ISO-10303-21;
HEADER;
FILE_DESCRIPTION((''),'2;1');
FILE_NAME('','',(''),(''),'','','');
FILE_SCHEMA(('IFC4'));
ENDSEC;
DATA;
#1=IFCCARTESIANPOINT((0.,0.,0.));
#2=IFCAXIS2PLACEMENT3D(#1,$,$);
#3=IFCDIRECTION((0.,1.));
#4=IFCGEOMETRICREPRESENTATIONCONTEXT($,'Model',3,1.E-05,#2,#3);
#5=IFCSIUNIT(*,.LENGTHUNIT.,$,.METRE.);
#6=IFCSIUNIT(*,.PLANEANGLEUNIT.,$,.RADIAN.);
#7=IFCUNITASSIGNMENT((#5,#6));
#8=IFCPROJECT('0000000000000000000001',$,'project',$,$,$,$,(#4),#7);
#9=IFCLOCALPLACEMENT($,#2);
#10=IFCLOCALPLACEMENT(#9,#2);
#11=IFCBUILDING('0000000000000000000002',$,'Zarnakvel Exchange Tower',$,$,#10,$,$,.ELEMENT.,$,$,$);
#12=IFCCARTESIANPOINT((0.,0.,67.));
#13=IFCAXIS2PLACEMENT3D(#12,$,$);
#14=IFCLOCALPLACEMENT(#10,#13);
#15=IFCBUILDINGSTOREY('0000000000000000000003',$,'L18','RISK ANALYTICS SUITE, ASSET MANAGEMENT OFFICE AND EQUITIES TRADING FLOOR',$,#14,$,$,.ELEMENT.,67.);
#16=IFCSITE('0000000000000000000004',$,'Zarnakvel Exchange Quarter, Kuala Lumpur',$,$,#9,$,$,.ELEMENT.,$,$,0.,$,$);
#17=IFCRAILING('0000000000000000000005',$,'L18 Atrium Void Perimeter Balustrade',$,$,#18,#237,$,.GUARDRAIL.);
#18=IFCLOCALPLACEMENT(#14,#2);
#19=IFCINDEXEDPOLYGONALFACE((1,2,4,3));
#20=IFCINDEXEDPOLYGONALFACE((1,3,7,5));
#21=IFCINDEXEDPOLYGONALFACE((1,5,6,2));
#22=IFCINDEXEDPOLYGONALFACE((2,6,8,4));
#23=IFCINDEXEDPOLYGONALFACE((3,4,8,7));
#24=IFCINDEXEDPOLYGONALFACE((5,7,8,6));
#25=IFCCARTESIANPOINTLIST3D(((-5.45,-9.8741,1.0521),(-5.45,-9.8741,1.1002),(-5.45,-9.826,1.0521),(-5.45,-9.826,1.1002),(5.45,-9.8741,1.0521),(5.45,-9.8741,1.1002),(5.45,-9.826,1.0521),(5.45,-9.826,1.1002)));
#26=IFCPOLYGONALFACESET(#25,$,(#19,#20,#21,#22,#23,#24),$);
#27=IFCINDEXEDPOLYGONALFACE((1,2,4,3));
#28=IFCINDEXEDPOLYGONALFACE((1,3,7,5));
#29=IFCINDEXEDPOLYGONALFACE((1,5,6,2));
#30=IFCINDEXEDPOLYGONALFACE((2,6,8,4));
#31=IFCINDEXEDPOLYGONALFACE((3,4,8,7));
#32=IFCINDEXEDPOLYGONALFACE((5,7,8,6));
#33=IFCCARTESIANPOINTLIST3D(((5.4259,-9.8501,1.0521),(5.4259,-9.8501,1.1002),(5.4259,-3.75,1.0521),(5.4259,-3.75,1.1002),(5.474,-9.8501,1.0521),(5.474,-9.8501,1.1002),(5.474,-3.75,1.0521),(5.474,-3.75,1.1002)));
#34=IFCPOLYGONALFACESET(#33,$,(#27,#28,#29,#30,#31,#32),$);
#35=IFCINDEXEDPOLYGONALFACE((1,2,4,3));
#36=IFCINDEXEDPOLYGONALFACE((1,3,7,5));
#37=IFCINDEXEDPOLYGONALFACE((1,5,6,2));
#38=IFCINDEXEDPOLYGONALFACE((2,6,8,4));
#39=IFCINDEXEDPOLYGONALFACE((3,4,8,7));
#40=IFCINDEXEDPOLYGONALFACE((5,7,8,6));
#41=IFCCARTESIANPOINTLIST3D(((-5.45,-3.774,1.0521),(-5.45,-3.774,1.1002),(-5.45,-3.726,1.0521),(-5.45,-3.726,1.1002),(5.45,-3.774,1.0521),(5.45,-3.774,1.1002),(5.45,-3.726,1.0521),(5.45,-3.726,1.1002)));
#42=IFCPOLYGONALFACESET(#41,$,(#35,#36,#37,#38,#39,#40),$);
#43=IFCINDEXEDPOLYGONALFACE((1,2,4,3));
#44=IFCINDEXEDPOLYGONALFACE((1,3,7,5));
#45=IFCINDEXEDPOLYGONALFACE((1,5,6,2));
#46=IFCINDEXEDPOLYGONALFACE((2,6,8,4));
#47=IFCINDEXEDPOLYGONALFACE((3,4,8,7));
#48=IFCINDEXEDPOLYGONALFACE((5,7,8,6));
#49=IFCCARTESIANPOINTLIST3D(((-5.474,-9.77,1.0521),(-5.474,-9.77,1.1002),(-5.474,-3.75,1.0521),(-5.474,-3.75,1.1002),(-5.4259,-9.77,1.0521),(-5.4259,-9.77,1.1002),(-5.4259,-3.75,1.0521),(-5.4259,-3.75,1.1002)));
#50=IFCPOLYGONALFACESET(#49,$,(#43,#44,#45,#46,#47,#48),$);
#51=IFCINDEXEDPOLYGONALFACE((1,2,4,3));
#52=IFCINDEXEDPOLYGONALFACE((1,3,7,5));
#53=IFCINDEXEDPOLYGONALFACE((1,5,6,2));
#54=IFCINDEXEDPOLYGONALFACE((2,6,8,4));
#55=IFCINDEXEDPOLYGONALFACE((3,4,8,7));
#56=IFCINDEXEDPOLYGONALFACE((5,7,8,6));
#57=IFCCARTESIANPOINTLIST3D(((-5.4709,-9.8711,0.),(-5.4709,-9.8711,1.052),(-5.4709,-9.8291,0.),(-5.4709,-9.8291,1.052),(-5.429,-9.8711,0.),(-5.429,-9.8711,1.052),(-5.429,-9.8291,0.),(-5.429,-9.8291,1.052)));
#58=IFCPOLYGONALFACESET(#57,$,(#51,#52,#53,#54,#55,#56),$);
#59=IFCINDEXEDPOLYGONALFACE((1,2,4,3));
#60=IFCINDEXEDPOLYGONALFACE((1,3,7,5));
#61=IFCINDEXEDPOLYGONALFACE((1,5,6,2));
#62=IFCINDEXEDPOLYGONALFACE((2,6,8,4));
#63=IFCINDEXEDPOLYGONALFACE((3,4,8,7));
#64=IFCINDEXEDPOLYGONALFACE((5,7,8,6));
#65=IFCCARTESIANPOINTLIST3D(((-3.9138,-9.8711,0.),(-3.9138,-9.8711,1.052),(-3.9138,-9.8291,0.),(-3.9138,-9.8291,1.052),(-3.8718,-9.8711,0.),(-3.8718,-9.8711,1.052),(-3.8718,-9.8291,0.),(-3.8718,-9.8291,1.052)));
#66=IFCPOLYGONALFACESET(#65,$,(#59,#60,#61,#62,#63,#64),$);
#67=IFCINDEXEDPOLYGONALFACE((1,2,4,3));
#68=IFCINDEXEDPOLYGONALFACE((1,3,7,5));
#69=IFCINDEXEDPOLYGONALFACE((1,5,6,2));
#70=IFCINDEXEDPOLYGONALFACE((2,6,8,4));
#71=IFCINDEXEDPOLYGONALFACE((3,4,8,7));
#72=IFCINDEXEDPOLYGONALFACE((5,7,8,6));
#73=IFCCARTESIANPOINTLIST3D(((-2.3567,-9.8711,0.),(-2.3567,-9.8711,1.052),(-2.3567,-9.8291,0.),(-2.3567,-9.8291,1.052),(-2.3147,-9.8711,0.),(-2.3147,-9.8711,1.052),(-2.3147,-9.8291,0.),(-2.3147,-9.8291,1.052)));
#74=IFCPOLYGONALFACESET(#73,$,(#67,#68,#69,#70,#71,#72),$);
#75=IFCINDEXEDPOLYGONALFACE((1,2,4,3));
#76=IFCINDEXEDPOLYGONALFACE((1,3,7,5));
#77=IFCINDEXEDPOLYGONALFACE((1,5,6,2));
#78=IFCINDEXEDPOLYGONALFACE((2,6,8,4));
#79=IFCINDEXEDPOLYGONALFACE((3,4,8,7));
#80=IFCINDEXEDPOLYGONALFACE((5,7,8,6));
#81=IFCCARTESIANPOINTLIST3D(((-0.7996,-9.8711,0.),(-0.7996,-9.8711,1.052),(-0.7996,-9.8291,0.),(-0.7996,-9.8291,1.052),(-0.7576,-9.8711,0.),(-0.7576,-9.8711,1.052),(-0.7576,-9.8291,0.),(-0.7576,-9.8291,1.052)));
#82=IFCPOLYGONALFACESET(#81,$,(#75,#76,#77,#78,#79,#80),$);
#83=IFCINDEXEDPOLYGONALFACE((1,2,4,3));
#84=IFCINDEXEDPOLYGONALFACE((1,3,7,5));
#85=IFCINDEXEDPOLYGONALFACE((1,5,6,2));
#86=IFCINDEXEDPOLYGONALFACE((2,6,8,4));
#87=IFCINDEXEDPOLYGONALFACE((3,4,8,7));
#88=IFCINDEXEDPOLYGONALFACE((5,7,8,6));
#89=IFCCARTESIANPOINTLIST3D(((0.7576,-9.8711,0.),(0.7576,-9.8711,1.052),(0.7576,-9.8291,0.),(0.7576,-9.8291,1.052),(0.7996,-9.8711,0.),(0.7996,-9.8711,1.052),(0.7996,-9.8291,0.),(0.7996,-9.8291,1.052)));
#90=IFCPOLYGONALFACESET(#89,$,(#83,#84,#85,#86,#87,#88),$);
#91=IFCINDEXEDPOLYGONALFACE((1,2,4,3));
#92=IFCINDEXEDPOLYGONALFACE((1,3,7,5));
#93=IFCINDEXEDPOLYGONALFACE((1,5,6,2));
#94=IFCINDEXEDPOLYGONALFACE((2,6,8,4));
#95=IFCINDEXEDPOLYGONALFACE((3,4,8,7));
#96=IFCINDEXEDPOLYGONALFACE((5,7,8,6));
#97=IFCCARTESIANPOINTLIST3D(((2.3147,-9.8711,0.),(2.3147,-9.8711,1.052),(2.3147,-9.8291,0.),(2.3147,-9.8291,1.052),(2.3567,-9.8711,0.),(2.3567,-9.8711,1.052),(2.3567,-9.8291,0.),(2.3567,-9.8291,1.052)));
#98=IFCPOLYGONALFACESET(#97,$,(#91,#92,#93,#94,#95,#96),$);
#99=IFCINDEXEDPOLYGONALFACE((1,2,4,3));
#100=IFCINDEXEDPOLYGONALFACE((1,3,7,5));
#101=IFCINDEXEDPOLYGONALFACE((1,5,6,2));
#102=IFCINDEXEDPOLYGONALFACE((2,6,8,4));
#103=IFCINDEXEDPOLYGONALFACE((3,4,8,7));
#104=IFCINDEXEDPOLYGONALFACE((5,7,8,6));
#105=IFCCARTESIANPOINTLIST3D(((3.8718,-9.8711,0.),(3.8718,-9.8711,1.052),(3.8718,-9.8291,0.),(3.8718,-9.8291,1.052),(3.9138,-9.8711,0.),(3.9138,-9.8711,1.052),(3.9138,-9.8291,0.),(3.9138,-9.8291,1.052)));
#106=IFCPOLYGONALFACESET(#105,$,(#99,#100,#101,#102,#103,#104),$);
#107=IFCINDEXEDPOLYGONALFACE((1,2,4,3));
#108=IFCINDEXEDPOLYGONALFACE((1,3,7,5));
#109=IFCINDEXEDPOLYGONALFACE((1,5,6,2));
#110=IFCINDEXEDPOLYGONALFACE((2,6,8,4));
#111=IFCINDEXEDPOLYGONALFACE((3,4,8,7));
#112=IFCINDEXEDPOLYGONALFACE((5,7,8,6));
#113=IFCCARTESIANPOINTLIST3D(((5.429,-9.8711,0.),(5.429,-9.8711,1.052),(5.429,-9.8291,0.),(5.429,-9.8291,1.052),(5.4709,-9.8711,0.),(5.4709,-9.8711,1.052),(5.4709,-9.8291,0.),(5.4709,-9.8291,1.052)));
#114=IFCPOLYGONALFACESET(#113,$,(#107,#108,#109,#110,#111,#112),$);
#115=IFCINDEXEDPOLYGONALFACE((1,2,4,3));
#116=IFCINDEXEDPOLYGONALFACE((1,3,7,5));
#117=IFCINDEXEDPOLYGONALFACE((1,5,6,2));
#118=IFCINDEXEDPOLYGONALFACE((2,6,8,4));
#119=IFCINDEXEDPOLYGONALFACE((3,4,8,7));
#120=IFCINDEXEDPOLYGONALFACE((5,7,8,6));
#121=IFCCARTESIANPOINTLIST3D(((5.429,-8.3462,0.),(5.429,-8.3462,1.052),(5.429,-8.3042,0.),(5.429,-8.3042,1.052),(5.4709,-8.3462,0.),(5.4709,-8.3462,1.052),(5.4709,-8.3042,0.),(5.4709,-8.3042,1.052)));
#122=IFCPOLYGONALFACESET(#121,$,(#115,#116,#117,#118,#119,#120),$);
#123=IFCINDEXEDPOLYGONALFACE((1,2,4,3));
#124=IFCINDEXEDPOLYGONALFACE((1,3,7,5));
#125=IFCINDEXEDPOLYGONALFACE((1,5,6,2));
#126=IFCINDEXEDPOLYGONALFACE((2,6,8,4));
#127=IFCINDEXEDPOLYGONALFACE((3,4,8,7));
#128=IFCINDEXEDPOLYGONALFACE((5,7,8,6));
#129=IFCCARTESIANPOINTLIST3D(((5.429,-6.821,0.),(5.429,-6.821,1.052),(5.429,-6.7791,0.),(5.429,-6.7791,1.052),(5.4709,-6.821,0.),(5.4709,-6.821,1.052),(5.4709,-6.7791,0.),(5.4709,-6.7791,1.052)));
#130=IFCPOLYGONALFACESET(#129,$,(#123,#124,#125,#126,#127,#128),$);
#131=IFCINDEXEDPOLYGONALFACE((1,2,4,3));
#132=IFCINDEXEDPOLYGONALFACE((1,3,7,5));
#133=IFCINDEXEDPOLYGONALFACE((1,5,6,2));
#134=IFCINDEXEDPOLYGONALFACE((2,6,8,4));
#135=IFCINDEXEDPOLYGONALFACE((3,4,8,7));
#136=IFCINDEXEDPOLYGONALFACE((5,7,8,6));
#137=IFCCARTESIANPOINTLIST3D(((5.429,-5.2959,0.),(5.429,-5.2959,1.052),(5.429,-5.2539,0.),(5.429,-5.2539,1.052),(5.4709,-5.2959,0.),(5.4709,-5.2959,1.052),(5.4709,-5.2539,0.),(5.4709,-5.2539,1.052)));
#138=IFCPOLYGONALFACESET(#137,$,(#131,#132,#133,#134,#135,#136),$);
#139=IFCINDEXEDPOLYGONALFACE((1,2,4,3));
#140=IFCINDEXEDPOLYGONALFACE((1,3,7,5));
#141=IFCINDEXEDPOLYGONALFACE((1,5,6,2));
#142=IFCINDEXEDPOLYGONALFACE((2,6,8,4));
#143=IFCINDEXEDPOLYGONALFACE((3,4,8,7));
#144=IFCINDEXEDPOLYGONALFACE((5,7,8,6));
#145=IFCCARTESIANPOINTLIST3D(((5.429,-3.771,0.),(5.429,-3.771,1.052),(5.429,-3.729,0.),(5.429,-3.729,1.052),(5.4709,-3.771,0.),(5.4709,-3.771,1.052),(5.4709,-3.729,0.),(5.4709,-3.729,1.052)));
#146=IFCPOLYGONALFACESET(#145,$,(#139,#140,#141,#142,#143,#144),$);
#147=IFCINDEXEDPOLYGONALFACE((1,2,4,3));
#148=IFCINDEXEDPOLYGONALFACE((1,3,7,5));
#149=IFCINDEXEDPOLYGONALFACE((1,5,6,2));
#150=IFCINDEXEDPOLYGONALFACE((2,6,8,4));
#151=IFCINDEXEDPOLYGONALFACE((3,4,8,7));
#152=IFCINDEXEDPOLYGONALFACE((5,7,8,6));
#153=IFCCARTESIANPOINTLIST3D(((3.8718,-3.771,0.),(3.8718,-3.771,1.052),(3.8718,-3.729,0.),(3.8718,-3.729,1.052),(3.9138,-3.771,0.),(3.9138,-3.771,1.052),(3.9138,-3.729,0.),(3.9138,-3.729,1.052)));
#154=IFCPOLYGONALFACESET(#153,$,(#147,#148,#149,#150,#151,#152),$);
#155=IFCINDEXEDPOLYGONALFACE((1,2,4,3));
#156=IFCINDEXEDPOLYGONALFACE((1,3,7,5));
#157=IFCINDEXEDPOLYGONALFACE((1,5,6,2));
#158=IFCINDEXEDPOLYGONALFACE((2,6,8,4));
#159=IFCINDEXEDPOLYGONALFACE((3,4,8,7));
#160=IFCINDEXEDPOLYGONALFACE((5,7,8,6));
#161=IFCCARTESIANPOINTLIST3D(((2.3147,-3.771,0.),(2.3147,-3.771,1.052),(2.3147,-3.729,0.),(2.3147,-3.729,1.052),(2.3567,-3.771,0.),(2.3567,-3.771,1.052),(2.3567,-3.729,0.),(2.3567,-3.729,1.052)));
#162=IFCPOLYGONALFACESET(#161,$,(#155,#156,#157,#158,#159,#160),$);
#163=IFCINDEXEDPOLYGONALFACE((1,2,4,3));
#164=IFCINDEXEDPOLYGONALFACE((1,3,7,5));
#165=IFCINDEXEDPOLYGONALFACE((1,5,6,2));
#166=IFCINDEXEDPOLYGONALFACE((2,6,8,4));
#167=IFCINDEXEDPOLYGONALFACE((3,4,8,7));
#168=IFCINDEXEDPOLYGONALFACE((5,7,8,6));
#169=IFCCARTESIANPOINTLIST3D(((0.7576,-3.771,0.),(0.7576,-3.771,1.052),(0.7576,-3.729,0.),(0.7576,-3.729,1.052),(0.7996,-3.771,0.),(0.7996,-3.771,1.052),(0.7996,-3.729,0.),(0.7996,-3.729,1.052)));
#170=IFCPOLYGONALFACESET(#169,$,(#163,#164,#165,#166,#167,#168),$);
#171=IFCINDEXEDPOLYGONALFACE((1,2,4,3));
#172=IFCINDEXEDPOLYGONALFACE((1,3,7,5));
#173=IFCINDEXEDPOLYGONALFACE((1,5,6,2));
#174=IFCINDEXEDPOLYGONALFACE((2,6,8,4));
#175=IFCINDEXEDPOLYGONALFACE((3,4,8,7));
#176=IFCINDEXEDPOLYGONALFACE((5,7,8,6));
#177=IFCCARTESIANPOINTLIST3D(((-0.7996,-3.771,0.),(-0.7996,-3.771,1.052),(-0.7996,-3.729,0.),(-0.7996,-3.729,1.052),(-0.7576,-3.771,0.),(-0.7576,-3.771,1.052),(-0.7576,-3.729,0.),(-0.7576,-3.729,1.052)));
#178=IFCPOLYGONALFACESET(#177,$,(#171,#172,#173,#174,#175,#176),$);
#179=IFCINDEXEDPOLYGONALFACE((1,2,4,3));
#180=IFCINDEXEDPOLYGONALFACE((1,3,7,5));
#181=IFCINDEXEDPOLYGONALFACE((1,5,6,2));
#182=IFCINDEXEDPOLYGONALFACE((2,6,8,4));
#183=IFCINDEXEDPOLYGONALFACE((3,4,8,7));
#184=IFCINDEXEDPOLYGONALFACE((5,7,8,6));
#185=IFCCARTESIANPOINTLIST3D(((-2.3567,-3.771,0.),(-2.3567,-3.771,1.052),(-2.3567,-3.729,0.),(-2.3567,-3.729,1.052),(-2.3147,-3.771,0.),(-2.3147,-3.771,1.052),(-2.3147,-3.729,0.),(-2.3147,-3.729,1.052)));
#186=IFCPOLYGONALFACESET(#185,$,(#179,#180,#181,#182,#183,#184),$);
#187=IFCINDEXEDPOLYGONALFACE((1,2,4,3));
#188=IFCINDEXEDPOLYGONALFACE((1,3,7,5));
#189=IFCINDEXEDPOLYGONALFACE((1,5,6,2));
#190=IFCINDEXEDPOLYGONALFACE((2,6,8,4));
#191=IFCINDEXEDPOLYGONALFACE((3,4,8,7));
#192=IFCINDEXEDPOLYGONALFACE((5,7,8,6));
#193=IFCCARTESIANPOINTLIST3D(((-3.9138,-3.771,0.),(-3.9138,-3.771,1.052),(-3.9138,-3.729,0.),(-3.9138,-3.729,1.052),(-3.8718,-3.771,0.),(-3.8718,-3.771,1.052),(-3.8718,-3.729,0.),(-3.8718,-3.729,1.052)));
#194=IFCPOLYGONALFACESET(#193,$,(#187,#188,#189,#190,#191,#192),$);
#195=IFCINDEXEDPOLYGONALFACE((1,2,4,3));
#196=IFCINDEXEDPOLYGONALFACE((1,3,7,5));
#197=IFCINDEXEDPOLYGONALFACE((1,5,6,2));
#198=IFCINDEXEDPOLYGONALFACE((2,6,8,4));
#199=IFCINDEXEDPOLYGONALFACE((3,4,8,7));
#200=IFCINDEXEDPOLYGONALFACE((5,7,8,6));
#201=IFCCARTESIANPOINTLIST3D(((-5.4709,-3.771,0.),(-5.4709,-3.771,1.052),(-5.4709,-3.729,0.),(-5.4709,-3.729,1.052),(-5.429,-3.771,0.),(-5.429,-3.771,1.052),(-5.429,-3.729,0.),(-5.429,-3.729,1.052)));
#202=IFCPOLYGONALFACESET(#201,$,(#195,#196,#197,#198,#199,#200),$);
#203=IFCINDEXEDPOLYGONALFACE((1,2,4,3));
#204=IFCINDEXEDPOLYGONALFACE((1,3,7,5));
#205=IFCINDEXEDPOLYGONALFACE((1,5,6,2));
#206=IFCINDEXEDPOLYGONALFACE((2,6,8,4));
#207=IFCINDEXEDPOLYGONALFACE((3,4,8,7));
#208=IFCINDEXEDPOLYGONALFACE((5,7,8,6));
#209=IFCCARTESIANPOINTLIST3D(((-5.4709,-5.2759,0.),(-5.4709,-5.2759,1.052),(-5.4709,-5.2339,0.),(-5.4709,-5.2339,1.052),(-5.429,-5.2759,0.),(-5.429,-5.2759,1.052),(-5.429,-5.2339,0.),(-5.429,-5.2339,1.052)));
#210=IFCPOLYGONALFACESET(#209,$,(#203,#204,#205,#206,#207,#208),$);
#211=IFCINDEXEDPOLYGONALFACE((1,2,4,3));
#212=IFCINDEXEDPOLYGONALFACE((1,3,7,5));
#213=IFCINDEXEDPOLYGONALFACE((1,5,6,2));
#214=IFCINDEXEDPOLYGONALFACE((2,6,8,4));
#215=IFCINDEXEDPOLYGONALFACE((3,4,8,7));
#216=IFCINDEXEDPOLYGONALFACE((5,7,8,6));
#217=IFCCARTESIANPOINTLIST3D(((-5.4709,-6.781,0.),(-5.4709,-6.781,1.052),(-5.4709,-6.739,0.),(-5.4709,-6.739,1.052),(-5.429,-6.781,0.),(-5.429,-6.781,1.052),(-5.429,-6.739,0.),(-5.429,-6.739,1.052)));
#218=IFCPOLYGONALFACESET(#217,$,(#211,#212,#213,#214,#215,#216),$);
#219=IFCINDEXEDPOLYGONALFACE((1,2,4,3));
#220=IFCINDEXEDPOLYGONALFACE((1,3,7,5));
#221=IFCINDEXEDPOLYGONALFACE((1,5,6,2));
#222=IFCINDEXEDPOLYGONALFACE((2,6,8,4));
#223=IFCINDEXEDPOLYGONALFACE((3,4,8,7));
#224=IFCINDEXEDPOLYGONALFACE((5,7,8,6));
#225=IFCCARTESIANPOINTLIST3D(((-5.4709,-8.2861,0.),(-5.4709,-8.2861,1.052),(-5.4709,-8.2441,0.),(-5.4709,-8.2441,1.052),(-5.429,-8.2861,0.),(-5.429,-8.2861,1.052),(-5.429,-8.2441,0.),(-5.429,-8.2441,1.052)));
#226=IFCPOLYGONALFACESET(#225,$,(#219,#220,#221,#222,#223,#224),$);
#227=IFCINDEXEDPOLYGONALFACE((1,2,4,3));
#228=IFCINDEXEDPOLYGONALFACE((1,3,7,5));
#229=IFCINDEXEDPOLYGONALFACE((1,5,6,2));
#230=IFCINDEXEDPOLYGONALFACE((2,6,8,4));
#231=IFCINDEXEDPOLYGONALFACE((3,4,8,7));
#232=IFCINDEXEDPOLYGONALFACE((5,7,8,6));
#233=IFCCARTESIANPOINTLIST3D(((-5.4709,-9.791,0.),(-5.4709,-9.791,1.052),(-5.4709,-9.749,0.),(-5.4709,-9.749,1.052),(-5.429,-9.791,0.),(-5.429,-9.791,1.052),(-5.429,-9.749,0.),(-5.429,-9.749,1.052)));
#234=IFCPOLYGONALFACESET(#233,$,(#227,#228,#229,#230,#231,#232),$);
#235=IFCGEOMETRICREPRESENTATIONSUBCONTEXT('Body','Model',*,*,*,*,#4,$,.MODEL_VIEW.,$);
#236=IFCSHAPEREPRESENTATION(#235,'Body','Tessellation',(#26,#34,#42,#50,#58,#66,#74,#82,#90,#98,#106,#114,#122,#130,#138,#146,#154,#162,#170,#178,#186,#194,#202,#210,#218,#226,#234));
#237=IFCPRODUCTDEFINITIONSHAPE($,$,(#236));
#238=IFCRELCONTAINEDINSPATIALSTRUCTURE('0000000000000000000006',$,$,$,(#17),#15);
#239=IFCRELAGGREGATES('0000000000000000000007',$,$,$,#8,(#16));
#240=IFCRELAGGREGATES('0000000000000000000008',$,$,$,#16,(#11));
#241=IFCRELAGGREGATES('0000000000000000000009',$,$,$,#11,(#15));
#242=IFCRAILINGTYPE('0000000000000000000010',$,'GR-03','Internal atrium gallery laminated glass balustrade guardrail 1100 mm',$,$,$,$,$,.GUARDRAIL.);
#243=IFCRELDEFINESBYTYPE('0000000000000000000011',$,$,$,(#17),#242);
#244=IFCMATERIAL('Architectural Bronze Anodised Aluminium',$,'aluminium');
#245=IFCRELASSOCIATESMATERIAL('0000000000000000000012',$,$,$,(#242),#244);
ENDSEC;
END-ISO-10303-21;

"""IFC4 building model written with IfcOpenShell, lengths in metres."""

from ifc_helpers import new_model, si_unit, direction, frame, origin, origin_2d, place, context, subcontext, project, spatial, rectangle, extrude, material, type_object, element, save


model = new_model("IFC4")

# Units and contexts
model_context = context("Model", 3, precision=1e-05, world=origin(), true_north=direction((0.0, 1.0)))
body_context = subcontext(model_context, "Body", "Model", "MODEL_VIEW")
ifc_project = project(units=[si_unit("LENGTHUNIT", "METRE"), si_unit("PLANEANGLEUNIT", "RADIAN")], contexts=[model_context])

# Site, building, storey
site_placement = place(None, origin())
site = spatial("IfcSite", under=ifc_project, at=site_placement, Name="Zarnakvel Exchange Quarter, Kuala Lumpur", CompositionType="ELEMENT", RefElevation=0.0)
building_placement = place(site_placement, origin())
building = spatial("IfcBuilding", under=site, at=building_placement, Name="Zarnakvel Exchange Tower", CompositionType="ELEMENT")
storey_placement = place(building_placement, frame((0.0, 0.0, 67.0)))
storey = spatial("IfcBuildingStorey", under=building, at=storey_placement, Name="L18", Description="RISK ANALYTICS SUITE, ASSET MANAGEMENT OFFICE AND EQUITIES TRADING FLOOR", CompositionType="ELEMENT", Elevation=67.0)

# Shared definitions
ifc_material_1 = material(Name="Architectural Bronze Anodised Aluminium", Category="aluminium")

# Railing
railing_type_1 = type_object("IfcRailingType", Name="GR-03", Description="Internal atrium gallery laminated glass balustrade guardrail 1100 mm", PredefinedType="GUARDRAIL", material=ifc_material_1)
railing_1_placement = place(storey_placement, frame((-5.45, -9.8501, 0.0)))
element("IfcRailing", 1, at=railing_1_placement, inside=storey, type_object=railing_type_1, Name="L18 Atrium Void Perimeter Balustrade", PredefinedType="GUARDRAIL", context=body_context, shape_type="SweptSolid", body=[
    extrude(rectangle(XDim=0.0481, YDim=0.0481, at=origin_2d()), frame((0.0, 0.0, 1.0762), z_axis=(1.0, 0.0, 0.0), x_axis=(0.0, 1.0, 0.0)), (0.0, 0.0, 1.0), 10.8999),
    extrude(rectangle(XDim=0.0481, YDim=0.0481, at=origin_2d()), frame((10.8999, 0.0, 1.0762), z_axis=(0.0, 1.0, 0.0), x_axis=(-1.0, 0.0, 0.0)), (0.0, 0.0, 1.0), 6.1001),
    extrude(rectangle(XDim=0.0481, YDim=0.0481, at=origin_2d()), frame((10.8999, 6.1001, 1.0762), z_axis=(-1.0, 0.0, 0.0), x_axis=(0.0, -1.0, 0.0)), (0.0, 0.0, 1.0), 10.8999),
    extrude(rectangle(XDim=0.0481, YDim=0.0481, at=origin_2d()), frame((0.0, 6.1001, 1.0762), z_axis=(0.0, -1.0, 0.0), x_axis=(1.0, 0.0, 0.0)), (0.0, 0.0, 1.0), 6.02),
    extrude(rectangle(XDim=0.042, YDim=0.042, at=origin_2d()), origin(), (0.0, 0.0, 1.0), 1.052),
    extrude(rectangle(XDim=0.042, YDim=0.042, at=origin_2d()), frame((1.5571, 0.0, 0.0)), (0.0, 0.0, 1.0), 1.052),
    extrude(rectangle(XDim=0.042, YDim=0.042, at=origin_2d()), frame((3.1143, 0.0, 0.0)), (0.0, 0.0, 1.0), 1.052),
    extrude(rectangle(XDim=0.042, YDim=0.042, at=origin_2d()), frame((4.6714, 0.0, 0.0)), (0.0, 0.0, 1.0), 1.052),
    extrude(rectangle(XDim=0.042, YDim=0.042, at=origin_2d()), frame((6.2285, 0.0, 0.0)), (0.0, 0.0, 1.0), 1.052),
    extrude(rectangle(XDim=0.042, YDim=0.042, at=origin_2d()), frame((7.7856, 0.0, 0.0)), (0.0, 0.0, 1.0), 1.052),
    extrude(rectangle(XDim=0.042, YDim=0.042, at=origin_2d()), frame((9.3428, 0.0, 0.0)), (0.0, 0.0, 1.0), 1.052),
    extrude(rectangle(XDim=0.042, YDim=0.042, at=origin_2d()), frame((10.8999, 0.0, 0.0)), (0.0, 0.0, 1.0), 1.052),
    extrude(rectangle(XDim=0.042, YDim=0.042, at=origin_2d()), frame((10.8999, 1.5249, 0.0)), (0.0, 0.0, 1.0), 1.052),
    extrude(rectangle(XDim=0.042, YDim=0.042, at=origin_2d()), frame((10.8999, 3.05, 0.0)), (0.0, 0.0, 1.0), 1.052),
    extrude(rectangle(XDim=0.042, YDim=0.042, at=origin_2d()), frame((10.8999, 4.5752, 0.0)), (0.0, 0.0, 1.0), 1.052),
    extrude(rectangle(XDim=0.042, YDim=0.042, at=origin_2d()), frame((10.8999, 6.1001, 0.0)), (0.0, 0.0, 1.0), 1.052),
    extrude(rectangle(XDim=0.042, YDim=0.042, at=origin_2d()), frame((9.3428, 6.1001, 0.0)), (0.0, 0.0, 1.0), 1.052),
    extrude(rectangle(XDim=0.042, YDim=0.042, at=origin_2d()), frame((7.7856, 6.1001, 0.0)), (0.0, 0.0, 1.0), 1.052),
    extrude(rectangle(XDim=0.042, YDim=0.042, at=origin_2d()), frame((6.2285, 6.1001, 0.0)), (0.0, 0.0, 1.0), 1.052),
    extrude(rectangle(XDim=0.042, YDim=0.042, at=origin_2d()), frame((4.6714, 6.1001, 0.0)), (0.0, 0.0, 1.0), 1.052),
    extrude(rectangle(XDim=0.042, YDim=0.042, at=origin_2d()), frame((3.1143, 6.1001, 0.0)), (0.0, 0.0, 1.0), 1.052),
    extrude(rectangle(XDim=0.042, YDim=0.042, at=origin_2d()), frame((1.5571, 6.1001, 0.0)), (0.0, 0.0, 1.0), 1.052),
    extrude(rectangle(XDim=0.042, YDim=0.042, at=origin_2d()), frame((0.0, 6.1001, 0.0)), (0.0, 0.0, 1.0), 1.052),
    extrude(rectangle(XDim=0.042, YDim=0.042, at=origin_2d()), frame((0.0, 4.5952, 0.0)), (0.0, 0.0, 1.0), 1.052),
    extrude(rectangle(XDim=0.042, YDim=0.042, at=origin_2d()), frame((0.0, 3.0901, 0.0)), (0.0, 0.0, 1.0), 1.052),
    extrude(rectangle(XDim=0.042, YDim=0.042, at=origin_2d()), frame((0.0, 1.585, 0.0)), (0.0, 0.0, 1.0), 1.052),
    extrude(rectangle(XDim=0.042, YDim=0.042, at=origin_2d()), frame((0.0, 0.0801, 0.0)), (0.0, 0.0, 1.0), 1.052),
])

save(model, "model.ifc")
